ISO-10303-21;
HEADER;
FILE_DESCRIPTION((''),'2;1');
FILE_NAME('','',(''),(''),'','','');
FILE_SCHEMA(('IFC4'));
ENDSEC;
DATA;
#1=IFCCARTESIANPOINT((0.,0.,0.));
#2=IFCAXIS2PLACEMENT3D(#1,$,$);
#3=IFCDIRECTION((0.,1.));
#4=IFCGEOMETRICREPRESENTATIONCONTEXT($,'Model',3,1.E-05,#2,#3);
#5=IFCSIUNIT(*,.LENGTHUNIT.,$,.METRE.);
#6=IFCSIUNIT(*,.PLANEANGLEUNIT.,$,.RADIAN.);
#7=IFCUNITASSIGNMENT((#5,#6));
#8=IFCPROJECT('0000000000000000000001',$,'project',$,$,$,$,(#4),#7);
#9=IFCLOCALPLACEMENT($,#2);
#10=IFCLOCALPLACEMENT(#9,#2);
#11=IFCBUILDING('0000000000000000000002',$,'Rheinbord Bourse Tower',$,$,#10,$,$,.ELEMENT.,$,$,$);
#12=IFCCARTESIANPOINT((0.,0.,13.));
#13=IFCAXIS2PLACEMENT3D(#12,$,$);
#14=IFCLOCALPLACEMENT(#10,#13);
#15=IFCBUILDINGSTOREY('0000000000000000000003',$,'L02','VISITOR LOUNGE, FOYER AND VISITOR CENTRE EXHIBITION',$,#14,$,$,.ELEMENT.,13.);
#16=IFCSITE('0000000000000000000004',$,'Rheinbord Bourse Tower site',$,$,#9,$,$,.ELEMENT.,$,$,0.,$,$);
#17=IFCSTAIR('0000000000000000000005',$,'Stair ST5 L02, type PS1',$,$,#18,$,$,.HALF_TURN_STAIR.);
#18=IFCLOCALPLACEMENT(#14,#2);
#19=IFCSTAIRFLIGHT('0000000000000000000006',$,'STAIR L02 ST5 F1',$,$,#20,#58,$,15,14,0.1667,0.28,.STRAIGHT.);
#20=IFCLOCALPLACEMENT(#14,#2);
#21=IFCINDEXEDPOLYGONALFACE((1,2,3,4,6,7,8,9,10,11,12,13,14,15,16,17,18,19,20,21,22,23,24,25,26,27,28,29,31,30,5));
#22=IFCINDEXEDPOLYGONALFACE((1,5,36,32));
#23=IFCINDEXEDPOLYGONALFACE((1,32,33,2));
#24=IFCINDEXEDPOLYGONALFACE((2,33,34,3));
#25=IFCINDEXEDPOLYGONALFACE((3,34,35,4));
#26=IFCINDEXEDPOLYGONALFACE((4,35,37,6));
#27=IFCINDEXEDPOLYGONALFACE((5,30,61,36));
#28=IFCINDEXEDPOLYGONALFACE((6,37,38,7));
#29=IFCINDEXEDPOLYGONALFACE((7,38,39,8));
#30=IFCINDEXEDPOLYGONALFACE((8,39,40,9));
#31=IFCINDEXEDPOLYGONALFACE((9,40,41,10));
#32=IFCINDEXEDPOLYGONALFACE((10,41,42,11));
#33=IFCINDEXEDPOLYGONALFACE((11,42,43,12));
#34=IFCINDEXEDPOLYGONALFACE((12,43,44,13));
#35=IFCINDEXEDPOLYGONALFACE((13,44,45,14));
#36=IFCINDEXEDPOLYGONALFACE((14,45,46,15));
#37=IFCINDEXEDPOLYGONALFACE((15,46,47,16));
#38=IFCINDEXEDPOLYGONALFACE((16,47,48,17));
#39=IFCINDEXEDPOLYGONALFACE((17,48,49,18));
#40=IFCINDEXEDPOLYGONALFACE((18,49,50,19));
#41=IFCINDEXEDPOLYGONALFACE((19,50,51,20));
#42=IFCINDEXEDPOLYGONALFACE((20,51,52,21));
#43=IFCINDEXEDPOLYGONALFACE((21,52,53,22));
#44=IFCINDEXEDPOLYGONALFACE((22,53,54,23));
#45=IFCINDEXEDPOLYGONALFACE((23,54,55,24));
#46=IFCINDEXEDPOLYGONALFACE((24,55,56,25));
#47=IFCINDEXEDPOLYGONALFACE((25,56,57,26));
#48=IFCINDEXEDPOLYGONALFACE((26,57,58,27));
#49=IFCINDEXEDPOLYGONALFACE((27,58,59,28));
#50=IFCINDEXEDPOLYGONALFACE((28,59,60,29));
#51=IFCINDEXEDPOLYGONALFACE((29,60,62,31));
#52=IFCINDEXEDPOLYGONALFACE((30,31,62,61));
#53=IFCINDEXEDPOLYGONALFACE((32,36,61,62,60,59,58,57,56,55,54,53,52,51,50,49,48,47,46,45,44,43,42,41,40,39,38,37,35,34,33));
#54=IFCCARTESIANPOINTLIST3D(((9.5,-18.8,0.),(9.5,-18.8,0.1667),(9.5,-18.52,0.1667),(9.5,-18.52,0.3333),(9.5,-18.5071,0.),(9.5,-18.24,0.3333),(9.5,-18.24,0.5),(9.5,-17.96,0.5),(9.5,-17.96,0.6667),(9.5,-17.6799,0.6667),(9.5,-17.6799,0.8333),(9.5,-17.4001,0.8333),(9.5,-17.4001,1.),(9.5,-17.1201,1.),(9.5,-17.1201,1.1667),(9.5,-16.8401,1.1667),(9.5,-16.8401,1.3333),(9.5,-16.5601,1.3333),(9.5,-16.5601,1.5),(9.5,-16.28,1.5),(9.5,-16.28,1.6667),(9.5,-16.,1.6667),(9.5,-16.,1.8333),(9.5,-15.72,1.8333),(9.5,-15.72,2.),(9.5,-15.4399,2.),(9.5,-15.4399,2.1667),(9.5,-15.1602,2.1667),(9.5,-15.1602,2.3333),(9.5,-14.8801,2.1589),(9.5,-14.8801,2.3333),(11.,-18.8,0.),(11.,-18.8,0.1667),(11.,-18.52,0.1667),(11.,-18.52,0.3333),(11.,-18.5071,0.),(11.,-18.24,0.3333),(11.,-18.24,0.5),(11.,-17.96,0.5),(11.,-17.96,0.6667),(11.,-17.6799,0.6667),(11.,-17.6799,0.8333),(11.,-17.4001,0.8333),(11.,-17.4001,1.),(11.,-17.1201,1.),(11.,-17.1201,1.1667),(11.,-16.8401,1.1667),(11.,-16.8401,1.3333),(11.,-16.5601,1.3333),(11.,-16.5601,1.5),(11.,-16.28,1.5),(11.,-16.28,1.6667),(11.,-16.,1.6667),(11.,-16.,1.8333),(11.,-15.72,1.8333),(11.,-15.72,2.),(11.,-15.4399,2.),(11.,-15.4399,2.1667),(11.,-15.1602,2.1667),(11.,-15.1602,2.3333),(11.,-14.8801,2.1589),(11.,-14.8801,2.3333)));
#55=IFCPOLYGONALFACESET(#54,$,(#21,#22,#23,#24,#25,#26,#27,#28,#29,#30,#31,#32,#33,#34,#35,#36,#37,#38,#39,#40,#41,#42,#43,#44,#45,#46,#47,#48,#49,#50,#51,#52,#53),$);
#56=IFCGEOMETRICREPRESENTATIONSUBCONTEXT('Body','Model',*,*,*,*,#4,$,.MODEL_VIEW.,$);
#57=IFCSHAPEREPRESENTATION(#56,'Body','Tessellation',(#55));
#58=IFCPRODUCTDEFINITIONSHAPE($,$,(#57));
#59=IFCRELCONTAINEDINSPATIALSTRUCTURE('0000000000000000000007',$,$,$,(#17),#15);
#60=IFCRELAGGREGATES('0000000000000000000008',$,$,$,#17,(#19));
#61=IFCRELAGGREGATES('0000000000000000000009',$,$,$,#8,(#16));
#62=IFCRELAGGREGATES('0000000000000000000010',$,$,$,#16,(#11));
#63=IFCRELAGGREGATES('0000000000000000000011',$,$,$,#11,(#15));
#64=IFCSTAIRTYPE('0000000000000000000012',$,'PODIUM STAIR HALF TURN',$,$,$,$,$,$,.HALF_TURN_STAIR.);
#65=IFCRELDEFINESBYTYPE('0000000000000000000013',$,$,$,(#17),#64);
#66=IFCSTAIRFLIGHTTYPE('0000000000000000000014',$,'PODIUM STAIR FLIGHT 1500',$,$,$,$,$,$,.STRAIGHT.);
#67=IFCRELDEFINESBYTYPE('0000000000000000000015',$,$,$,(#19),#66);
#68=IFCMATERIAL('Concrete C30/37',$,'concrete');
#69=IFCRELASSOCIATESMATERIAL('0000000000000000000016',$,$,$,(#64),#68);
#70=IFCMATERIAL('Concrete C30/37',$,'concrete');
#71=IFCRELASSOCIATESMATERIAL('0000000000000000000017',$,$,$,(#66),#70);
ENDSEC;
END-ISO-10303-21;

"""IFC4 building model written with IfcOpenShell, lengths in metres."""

from ifc_helpers import new_model, si_unit, direction, frame, origin, place, context, subcontext, project, spatial, polyline, outline, extrude, material, type_object, element, aggregate, save


model = new_model("IFC4")

# Units and contexts
model_context = context("Model", 3, precision=1e-05, world=origin(), true_north=direction((0.0, 1.0)))
body_context = subcontext(model_context, "Body", "Model", "MODEL_VIEW")
ifc_project = project(units=[si_unit("LENGTHUNIT", "METRE"), si_unit("PLANEANGLEUNIT", "RADIAN")], contexts=[model_context])

# Site, building, storey
site_placement = place(None, origin())
site = spatial("IfcSite", under=ifc_project, at=site_placement, Name="Rheinbord Bourse Tower site", CompositionType="ELEMENT", RefElevation=0.0)
building_placement = place(site_placement, origin())
building = spatial("IfcBuilding", under=site, at=building_placement, Name="Rheinbord Bourse Tower", CompositionType="ELEMENT")
storey_placement = place(building_placement, frame((0.0, 0.0, 13.0)))
storey = spatial("IfcBuildingStorey", under=building, at=storey_placement, Name="L02", Description="VISITOR LOUNGE, FOYER AND VISITOR CENTRE EXHIBITION", CompositionType="ELEMENT", Elevation=13.0)

# Stair
ifc_material_1 = material(Name="Concrete C30/37", Category="concrete")
stair_type_1 = type_object("IfcStairType", Name="PODIUM STAIR HALF TURN", PredefinedType="HALF_TURN_STAIR", material=ifc_material_1)
stair_1_placement = place(storey_placement, origin())
stair_1 = element("IfcStair", 1, at=stair_1_placement, inside=storey, type_object=stair_type_1, Name="Stair ST5 L02, type PS1", PredefinedType="HALF_TURN_STAIR")

# Stair flight
ifc_material_2 = material(Name="Concrete C30/37", Category="concrete")
stair_flight_type = type_object("IfcStairFlightType", Name="PODIUM STAIR FLIGHT 1500", PredefinedType="STRAIGHT", material=ifc_material_2)
stair_flight_placement = place(storey_placement, frame((10.25, -18.8, 0.0), z_axis=(0.0, 0.0, 1.0), x_axis=(0.0, 1.0, 0.0)))
stair_flight = element("IfcStairFlight", 2, at=stair_flight_placement, type_object=stair_flight_type, Name="STAIR L02 ST5 F1", NumberOfRisers=15, NumberOfTreads=14, PredefinedType="STRAIGHT", RiserHeight=0.1667, TreadLength=0.28, context=body_context, shape_type="SweptSolid", body=[
    extrude(outline(polyline([(0.0, 0.0), (0.0, 0.1667), (0.28, 0.1667), (0.28, 0.3333), (0.5601, 0.3333), (0.5601, 0.5), (0.8401, 0.5), (0.8401, 0.6667), (1.1201, 0.6667), (1.1201, 0.8333), (1.3999, 0.8333), (1.3999, 1.0), (1.6799, 1.0), (1.6799, 1.1667), (1.96, 1.1667), (1.96, 1.3333), (2.24, 1.3333), (2.24, 1.5), (2.52, 1.5), (2.52, 1.6667), (2.8, 1.6667), (2.8, 1.8333), (3.0801, 1.8333), (3.0801, 2.0), (3.3601, 2.0), (3.3601, 2.1667), (3.6399, 2.1667), (3.6399, 2.3333), (3.9199, 2.3333), (3.9199, 2.5), (3.9199, 2.1589), (0.293, 0.0), (0.0, 0.0)])), frame((0.0, 0.75, 0.0), z_axis=(0.0, -1.0, 0.0), x_axis=(1.0, 0.0, 0.0)), (0.0, 0.0, 1.0), 1.5),
])
aggregate(stair_1, [stair_flight])

save(model, "model.ifc")
